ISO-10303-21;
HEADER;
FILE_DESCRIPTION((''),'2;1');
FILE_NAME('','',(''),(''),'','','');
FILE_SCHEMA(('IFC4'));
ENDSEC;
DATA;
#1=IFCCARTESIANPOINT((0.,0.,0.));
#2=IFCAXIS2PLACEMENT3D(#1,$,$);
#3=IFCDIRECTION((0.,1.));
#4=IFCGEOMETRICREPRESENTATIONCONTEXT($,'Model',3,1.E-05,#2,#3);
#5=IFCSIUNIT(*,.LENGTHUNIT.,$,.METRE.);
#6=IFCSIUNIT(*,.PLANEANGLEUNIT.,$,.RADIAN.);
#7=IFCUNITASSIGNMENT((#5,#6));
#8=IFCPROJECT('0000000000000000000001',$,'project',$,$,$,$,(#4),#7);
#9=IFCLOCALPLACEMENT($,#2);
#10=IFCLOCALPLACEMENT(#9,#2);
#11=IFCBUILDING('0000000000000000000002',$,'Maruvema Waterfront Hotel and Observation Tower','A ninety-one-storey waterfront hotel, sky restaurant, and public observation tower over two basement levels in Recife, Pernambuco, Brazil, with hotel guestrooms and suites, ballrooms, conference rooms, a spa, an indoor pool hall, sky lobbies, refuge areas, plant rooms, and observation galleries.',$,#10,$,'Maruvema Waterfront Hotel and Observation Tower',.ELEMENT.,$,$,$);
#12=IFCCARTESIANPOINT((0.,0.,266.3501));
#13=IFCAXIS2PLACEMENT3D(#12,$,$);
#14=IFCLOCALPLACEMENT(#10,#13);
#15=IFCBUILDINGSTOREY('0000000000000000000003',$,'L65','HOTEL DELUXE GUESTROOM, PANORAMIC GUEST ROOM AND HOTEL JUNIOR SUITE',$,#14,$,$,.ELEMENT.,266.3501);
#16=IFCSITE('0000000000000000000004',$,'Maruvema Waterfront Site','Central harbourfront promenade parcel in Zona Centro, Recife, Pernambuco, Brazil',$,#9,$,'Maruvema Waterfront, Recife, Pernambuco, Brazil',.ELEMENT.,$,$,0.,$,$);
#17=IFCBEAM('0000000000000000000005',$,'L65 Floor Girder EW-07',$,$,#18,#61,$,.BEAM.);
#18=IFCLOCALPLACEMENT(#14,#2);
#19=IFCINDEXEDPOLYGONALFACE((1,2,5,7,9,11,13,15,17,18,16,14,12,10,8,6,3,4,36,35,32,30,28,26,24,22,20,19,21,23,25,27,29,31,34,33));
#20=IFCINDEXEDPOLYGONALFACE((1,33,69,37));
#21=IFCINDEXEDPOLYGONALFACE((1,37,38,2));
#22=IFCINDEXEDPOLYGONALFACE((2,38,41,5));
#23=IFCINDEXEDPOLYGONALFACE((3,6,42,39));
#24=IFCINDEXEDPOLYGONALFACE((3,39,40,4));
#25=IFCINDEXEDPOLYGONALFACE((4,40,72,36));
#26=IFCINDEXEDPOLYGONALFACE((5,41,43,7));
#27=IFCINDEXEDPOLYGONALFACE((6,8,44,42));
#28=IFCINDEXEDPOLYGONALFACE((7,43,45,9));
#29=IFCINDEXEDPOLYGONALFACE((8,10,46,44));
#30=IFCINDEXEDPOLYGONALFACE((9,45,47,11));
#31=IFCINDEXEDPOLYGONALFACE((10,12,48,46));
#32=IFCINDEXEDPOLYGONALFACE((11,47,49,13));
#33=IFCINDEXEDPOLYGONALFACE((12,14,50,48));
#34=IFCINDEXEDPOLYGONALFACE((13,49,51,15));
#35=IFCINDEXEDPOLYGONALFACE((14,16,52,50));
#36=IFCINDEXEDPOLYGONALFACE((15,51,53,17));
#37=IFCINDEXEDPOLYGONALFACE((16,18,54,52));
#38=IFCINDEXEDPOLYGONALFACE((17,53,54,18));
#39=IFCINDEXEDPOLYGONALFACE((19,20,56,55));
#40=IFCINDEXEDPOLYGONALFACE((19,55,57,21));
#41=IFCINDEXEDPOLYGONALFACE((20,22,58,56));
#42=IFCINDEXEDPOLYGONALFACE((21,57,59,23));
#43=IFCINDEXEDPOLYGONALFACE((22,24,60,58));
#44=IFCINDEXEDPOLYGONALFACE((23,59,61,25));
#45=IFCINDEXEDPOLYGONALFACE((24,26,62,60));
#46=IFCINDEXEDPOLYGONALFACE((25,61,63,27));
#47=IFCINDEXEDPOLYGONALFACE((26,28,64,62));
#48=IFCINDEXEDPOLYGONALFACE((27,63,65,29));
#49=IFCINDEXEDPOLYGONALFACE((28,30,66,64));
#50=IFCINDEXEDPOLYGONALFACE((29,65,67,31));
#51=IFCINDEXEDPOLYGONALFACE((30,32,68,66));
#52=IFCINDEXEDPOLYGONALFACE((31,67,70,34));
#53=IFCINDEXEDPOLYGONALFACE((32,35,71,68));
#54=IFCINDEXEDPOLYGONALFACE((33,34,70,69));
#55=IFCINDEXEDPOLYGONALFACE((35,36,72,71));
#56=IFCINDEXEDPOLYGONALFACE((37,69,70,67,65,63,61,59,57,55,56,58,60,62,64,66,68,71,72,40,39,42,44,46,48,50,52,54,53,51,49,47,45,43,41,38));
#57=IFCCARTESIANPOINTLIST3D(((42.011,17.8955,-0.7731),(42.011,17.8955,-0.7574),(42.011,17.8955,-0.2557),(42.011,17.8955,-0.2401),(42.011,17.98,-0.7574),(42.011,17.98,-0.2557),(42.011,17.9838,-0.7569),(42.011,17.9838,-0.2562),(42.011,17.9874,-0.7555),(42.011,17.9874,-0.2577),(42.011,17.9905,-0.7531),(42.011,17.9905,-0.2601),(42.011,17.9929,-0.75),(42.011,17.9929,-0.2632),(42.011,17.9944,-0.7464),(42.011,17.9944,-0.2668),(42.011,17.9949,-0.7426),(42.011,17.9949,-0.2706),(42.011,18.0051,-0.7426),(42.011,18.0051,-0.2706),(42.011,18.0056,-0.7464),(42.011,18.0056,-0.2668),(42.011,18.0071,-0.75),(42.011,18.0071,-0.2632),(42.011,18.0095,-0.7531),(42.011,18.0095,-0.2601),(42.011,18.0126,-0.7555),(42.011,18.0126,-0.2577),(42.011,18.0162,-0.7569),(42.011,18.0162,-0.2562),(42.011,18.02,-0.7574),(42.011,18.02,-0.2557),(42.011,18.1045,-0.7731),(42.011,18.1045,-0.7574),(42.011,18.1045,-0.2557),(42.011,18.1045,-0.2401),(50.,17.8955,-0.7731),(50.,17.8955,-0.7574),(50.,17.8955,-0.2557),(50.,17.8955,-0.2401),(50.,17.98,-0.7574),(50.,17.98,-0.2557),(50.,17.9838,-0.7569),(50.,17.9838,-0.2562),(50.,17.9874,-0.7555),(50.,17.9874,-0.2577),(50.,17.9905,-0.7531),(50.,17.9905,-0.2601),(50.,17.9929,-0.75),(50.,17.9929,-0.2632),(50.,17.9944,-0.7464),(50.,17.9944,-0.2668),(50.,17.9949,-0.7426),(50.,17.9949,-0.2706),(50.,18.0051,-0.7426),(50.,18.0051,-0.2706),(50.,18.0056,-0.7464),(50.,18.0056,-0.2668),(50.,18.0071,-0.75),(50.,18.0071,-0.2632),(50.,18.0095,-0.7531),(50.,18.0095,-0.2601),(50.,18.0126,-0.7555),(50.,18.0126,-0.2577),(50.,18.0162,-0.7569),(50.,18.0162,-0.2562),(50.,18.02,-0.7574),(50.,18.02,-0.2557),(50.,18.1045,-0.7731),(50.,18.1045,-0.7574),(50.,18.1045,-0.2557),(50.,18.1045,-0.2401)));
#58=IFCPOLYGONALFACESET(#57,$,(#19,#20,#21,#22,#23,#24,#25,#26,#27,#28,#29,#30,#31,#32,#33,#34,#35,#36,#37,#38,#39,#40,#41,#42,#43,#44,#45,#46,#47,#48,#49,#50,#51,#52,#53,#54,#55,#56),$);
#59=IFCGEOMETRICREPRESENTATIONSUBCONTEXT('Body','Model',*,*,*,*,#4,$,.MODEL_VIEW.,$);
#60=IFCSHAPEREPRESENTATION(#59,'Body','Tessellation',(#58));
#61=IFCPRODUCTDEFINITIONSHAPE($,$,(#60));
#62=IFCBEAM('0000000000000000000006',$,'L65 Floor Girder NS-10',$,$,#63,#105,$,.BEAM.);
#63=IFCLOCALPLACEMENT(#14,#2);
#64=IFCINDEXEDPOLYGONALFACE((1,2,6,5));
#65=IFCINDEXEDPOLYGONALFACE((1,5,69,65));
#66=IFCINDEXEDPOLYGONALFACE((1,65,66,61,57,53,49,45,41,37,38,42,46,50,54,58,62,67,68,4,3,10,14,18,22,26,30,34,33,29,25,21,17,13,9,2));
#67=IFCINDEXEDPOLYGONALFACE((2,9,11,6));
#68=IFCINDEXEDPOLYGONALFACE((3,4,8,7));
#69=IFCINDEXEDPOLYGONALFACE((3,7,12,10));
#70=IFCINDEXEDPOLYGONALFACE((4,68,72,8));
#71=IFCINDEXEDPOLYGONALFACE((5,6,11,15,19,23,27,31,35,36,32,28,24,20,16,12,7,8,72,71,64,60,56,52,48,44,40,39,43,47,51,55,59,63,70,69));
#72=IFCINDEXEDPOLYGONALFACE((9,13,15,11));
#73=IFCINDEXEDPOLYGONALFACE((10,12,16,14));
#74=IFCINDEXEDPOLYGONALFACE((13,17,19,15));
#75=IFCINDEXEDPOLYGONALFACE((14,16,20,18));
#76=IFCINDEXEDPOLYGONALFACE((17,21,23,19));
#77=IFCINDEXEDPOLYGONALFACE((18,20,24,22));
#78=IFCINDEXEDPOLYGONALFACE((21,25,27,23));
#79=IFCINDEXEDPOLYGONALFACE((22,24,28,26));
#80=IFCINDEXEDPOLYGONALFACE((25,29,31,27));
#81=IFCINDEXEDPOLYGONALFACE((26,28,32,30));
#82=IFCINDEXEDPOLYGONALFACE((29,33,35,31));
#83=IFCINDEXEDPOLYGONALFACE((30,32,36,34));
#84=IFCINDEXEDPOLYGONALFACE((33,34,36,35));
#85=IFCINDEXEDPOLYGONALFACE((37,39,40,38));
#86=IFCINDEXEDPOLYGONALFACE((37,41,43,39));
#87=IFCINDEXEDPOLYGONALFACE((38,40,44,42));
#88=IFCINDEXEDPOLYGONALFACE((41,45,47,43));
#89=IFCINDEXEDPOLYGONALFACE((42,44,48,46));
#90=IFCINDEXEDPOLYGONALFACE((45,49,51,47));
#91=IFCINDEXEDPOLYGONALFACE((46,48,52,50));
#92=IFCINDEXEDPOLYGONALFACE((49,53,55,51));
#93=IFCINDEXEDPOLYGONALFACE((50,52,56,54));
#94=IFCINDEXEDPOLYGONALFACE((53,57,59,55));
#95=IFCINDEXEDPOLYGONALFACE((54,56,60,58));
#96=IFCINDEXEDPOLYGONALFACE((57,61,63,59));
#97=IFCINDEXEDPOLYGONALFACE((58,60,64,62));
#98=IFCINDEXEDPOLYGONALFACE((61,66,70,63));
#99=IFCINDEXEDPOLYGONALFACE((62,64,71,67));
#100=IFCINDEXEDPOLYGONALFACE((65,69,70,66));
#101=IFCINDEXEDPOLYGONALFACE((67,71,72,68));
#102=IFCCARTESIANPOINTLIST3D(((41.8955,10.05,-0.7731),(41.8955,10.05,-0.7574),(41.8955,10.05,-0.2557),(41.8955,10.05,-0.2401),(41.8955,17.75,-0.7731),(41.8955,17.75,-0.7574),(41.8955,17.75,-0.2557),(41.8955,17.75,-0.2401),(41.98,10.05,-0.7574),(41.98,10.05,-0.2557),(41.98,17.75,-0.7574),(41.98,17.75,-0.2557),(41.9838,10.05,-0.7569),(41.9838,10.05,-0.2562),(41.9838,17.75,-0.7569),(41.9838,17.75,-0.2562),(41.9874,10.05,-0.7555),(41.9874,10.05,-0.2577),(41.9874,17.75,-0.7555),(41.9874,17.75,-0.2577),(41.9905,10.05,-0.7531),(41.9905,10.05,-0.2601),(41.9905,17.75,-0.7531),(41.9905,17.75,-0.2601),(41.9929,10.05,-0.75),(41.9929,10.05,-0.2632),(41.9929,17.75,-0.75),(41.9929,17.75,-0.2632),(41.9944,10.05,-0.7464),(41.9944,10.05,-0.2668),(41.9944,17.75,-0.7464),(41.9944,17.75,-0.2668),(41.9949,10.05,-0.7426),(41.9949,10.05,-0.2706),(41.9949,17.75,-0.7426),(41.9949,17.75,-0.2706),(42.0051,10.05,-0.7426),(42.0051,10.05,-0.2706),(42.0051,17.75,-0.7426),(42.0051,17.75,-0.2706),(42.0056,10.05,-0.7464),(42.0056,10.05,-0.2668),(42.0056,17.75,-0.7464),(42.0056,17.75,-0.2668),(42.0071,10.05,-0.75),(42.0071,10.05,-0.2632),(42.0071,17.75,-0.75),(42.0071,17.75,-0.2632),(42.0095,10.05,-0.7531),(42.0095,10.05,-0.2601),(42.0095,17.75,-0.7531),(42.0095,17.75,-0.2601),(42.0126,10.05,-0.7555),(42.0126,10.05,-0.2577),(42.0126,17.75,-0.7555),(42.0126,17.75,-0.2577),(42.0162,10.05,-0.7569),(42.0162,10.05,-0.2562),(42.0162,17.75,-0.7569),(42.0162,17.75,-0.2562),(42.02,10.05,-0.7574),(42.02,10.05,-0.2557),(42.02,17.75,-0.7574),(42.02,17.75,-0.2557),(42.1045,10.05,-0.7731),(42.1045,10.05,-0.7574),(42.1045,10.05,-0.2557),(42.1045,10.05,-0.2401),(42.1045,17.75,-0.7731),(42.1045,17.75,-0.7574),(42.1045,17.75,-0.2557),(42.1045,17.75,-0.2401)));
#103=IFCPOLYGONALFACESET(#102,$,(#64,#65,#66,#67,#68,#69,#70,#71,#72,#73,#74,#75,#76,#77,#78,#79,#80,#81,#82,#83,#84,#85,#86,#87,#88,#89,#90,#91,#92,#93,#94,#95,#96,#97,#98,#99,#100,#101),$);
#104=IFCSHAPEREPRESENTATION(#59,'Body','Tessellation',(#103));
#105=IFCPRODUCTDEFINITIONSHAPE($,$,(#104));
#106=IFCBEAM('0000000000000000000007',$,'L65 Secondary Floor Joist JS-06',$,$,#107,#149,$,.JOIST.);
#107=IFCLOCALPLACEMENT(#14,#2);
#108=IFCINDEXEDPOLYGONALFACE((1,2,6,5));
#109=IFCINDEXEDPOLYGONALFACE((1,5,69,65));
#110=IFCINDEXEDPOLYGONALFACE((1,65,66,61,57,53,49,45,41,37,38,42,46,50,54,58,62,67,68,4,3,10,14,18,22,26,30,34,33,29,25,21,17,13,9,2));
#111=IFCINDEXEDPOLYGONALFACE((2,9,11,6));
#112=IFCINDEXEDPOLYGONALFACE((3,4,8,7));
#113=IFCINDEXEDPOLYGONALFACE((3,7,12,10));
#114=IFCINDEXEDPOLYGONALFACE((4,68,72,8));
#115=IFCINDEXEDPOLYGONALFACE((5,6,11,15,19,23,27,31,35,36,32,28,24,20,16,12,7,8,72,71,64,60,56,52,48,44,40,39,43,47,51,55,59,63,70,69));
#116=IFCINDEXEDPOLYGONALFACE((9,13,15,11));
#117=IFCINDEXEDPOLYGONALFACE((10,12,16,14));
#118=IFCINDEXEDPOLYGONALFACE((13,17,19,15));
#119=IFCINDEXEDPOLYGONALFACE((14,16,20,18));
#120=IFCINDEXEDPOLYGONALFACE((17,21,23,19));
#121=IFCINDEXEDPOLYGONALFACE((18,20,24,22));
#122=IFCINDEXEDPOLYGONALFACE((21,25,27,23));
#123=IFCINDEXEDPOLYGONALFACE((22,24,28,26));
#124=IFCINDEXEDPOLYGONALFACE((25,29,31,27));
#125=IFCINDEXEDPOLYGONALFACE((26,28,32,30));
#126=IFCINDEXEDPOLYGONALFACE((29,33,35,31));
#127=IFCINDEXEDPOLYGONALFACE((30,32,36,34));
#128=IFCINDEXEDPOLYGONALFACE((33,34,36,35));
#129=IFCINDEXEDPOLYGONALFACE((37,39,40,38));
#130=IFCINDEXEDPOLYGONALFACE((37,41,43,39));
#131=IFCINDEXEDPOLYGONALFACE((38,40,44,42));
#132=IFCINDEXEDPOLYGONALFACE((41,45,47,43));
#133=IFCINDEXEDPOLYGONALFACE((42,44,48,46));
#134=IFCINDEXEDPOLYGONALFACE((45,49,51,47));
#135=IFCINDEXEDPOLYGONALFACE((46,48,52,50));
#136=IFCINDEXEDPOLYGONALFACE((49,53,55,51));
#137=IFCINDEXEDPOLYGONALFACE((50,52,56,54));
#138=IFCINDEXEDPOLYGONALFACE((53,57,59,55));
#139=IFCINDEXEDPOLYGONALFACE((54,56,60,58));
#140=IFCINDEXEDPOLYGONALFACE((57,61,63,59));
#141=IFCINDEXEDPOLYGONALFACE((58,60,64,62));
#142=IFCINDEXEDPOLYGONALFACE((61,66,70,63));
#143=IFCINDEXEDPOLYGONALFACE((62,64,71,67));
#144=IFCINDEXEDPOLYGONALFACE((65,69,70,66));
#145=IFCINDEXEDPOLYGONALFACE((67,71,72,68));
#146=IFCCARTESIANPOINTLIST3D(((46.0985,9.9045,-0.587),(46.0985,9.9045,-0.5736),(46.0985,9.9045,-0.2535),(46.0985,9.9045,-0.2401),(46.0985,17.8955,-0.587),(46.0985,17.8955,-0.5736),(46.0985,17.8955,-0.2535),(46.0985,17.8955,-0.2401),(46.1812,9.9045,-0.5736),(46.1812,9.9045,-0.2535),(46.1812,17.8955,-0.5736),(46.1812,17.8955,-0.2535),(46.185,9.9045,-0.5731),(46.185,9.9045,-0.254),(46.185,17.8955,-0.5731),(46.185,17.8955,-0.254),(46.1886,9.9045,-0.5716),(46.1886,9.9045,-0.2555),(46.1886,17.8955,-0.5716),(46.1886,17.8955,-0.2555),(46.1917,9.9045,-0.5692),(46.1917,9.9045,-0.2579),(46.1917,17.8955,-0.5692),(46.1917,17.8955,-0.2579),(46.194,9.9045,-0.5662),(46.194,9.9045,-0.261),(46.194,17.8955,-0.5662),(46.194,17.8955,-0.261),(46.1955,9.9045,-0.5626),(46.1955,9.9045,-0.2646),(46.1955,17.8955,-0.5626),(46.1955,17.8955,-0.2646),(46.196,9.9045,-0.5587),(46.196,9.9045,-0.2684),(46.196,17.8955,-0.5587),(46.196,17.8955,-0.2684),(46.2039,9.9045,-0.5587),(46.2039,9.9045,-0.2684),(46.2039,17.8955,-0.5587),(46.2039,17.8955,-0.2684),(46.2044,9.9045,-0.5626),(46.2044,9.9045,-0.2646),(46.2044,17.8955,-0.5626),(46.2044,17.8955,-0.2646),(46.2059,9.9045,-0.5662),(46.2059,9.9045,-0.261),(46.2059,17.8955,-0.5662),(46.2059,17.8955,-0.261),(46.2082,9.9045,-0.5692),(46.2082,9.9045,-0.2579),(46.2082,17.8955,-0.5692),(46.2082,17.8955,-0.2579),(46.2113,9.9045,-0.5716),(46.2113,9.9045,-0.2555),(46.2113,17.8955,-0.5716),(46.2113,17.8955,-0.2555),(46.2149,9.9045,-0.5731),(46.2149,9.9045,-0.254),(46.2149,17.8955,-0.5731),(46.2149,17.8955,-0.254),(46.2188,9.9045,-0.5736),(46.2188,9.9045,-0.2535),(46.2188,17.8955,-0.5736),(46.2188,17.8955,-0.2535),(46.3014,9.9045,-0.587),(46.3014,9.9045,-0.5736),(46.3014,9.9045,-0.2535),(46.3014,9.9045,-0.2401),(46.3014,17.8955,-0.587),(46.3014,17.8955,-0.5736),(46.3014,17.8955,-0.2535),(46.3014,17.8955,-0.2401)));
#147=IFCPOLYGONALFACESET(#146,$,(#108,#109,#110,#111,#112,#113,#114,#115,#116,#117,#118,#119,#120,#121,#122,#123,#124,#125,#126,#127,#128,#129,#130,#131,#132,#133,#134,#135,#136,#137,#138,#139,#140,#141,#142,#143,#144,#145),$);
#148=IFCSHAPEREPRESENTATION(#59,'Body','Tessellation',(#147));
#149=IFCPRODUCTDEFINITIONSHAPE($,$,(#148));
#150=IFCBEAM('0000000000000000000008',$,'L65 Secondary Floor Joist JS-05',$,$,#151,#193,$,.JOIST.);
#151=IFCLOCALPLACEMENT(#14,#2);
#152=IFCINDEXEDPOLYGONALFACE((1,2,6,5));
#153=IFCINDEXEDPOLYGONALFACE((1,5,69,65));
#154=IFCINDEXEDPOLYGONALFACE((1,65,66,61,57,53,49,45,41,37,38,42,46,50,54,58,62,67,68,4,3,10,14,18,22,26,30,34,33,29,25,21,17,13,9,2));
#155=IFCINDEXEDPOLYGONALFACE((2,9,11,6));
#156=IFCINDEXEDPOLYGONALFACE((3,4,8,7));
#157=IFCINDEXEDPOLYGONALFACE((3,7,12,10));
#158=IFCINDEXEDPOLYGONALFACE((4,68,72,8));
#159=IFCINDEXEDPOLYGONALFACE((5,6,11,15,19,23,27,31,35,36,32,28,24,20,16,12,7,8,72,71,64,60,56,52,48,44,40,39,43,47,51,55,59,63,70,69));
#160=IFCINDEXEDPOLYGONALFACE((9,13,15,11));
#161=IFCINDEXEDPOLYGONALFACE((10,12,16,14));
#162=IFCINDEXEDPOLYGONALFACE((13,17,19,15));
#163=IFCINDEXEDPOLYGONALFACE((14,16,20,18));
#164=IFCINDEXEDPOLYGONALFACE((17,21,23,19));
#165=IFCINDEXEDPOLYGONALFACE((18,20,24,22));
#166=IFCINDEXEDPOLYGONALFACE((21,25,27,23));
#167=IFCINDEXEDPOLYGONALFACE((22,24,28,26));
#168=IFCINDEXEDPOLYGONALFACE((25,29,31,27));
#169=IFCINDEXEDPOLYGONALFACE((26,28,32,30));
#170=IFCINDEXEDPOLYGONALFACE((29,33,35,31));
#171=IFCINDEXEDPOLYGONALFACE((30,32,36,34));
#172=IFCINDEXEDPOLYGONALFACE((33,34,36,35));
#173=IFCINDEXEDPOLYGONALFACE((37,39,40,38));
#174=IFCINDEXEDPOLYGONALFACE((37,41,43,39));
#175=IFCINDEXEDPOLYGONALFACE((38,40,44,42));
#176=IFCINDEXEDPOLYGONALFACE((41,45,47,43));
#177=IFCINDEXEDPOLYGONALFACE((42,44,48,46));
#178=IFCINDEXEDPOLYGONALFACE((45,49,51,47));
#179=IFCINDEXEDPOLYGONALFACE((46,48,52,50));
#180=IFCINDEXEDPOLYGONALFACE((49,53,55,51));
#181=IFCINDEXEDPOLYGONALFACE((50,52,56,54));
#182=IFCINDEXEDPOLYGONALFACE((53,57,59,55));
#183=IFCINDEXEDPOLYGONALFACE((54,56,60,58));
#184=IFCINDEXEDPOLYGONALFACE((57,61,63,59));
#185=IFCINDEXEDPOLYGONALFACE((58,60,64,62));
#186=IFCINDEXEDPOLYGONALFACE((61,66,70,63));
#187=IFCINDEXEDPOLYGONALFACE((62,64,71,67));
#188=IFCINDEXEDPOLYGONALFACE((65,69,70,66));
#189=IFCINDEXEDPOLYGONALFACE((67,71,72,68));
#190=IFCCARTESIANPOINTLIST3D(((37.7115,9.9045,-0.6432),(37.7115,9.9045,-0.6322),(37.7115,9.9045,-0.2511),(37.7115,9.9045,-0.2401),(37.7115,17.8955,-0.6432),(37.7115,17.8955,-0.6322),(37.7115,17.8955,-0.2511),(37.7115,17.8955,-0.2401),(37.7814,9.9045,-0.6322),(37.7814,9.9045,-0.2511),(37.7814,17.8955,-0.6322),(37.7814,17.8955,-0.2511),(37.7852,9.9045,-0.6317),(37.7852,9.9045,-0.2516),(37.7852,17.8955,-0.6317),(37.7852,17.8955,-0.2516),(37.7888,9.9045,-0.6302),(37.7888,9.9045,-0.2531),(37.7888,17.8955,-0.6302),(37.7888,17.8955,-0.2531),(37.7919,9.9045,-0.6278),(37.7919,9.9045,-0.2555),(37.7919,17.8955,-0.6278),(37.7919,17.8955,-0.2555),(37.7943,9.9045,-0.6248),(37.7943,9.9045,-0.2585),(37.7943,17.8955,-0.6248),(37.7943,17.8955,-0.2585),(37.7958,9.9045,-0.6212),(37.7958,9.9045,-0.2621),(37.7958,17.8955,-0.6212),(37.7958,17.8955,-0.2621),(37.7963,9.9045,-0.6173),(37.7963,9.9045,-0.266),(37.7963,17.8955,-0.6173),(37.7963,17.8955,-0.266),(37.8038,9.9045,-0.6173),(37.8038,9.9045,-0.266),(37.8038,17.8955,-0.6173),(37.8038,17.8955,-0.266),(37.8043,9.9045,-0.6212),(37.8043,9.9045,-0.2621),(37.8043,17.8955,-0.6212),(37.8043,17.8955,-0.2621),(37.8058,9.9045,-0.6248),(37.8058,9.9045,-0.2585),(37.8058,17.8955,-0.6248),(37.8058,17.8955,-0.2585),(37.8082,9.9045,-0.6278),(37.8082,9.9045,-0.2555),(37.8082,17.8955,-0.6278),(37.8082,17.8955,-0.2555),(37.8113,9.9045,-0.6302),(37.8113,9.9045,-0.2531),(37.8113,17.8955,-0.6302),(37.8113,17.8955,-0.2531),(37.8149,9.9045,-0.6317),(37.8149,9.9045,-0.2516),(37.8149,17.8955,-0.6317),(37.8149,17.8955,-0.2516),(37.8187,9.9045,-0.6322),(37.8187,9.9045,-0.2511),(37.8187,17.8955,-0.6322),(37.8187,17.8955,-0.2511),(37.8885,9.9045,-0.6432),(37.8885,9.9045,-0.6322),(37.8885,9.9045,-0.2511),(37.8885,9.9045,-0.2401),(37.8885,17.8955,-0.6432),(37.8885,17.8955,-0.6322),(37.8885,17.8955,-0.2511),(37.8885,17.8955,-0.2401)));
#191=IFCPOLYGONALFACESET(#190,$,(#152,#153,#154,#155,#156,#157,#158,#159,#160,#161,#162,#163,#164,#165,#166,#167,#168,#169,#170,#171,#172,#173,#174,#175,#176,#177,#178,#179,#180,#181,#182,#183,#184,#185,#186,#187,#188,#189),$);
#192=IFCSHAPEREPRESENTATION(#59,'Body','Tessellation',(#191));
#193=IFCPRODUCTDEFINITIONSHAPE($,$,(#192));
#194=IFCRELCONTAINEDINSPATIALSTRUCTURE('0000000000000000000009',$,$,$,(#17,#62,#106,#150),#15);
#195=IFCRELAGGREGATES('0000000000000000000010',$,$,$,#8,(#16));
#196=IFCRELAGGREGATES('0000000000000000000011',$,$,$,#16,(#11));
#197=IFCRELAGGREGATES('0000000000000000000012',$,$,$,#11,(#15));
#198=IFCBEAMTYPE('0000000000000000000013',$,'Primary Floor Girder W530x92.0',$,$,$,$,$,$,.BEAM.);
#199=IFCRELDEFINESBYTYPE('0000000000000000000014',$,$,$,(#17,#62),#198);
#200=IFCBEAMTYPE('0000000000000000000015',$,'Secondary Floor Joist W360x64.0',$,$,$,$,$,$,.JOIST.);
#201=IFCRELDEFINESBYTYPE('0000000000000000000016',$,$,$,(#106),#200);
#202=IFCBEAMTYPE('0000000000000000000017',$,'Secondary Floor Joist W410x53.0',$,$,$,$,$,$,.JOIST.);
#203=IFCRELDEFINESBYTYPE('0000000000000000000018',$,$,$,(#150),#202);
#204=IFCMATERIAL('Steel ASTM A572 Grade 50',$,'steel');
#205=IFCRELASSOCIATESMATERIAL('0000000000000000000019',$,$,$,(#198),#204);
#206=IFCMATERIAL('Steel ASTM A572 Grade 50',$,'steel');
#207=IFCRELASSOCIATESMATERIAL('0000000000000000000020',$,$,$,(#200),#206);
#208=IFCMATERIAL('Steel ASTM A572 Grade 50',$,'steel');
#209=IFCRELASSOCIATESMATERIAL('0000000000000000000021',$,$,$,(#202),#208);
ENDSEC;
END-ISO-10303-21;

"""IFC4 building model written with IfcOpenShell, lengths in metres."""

from ifc_helpers import new_model, si_unit, direction, frame, origin, origin_2d, place, context, subcontext, project, spatial, i_section, extrude, material, material_profile, profile_set, type_object, element, save


model = new_model("IFC4")

# Units and contexts
model_context = context("Model", 3, precision=1e-05, world=origin(), true_north=direction((0.0, 1.0)))
body_context = subcontext(model_context, "Body", "Model", "MODEL_VIEW")
ifc_project = project(units=[si_unit("LENGTHUNIT", "METRE"), si_unit("PLANEANGLEUNIT", "RADIAN")], contexts=[model_context])

# Site, building, storey
site_placement = place(None, origin())
site = spatial("IfcSite", under=ifc_project, at=site_placement, Name="Maruvema Waterfront Site", Description="Central harbourfront promenade parcel in Zona Centro, Recife, Pernambuco, Brazil", LongName="Maruvema Waterfront, Recife, Pernambuco, Brazil", CompositionType="ELEMENT", RefElevation=0.0)
building_placement = place(site_placement, origin())
building = spatial("IfcBuilding", under=site, at=building_placement, Name="Maruvema Waterfront Hotel and Observation Tower", Description="A ninety-one-storey waterfront hotel, sky restaurant, and public observation tower over two basement levels in Recife, Pernambuco, Brazil, with hotel guestrooms and suites, ballrooms, conference rooms, a spa, an indoor pool hall, sky lobbies, refuge areas, plant rooms, and observation galleries.", LongName="Maruvema Waterfront Hotel and Observation Tower", CompositionType="ELEMENT")
storey_placement = place(building_placement, frame((0.0, 0.0, 266.3501)))
storey = spatial("IfcBuildingStorey", under=building, at=storey_placement, Name="L65", Description="HOTEL DELUXE GUESTROOM, PANORAMIC GUEST ROOM AND HOTEL JUNIOR SUITE", CompositionType="ELEMENT", Elevation=266.3501)

# Beams
ifc_material_1 = material(Name="Steel ASTM A572 Grade 50", Category="steel")
ifc_material_profile_1 = material_profile(ifc_material_1, i_section(OverallWidth=0.209, OverallDepth=0.533, WebThickness=0.0103, FlangeThickness=0.0156, FilletRadius=0.0149, at=origin_2d()), Name="W530x92.0")
ifc_profile_set_1 = profile_set([ifc_material_profile_1], Name="Steel ASTM A572 Grade 50")
beam_type_1 = type_object("IfcBeamType", Name="Primary Floor Girder W530x92.0", PredefinedType="BEAM", material=ifc_profile_set_1)
beam_1_placement = place(storey_placement, frame((42.011, 18.0, -0.5066), z_axis=(1.0, 0.0, 0.0), x_axis=(0.0, 1.0, 0.0)))
element("IfcBeam", 1, at=beam_1_placement, inside=storey, type_object=beam_type_1, Name="L65 Floor Girder EW-07", PredefinedType="BEAM", context=body_context, shape_type="SweptSolid", body=[
    extrude(i_section(OverallWidth=0.209, OverallDepth=0.533, WebThickness=0.0103, FlangeThickness=0.0156, FilletRadius=0.0149, at=origin_2d()), origin(), (0.0, 0.0, 1.0), 7.989),
])
beam_2_placement = place(storey_placement, frame((42.0, 10.05, -0.5066), z_axis=(0.0, 1.0, 0.0), x_axis=(-1.0, 0.0, 0.0)))
element("IfcBeam", 2, at=beam_2_placement, inside=storey, type_object=beam_type_1, Name="L65 Floor Girder NS-10", PredefinedType="BEAM", context=body_context, shape_type="SweptSolid", body=[
    extrude(i_section(OverallWidth=0.209, OverallDepth=0.533, WebThickness=0.0103, FlangeThickness=0.0156, FilletRadius=0.0149, at=origin_2d()), origin(), (0.0, 0.0, 1.0), 7.7),
])
ifc_material_2 = material(Name="Steel ASTM A572 Grade 50", Category="steel")
ifc_material_profile_2 = material_profile(ifc_material_2, i_section(OverallWidth=0.2029, OverallDepth=0.3469, WebThickness=0.0078, FlangeThickness=0.0134, FilletRadius=0.0149, at=origin_2d()), Name="W360x64.0")
ifc_profile_set_2 = profile_set([ifc_material_profile_2], Name="Steel ASTM A572 Grade 50")
beam_type_2 = type_object("IfcBeamType", Name="Secondary Floor Joist W360x64.0", PredefinedType="JOIST", material=ifc_profile_set_2)
beam_3_placement = place(storey_placement, frame((46.2, 9.9045, -0.4136), z_axis=(0.0, 1.0, 0.0), x_axis=(-1.0, 0.0, 0.0)))
element("IfcBeam", 3, at=beam_3_placement, inside=storey, type_object=beam_type_2, Name="L65 Secondary Floor Joist JS-06", PredefinedType="JOIST", context=body_context, shape_type="SweptSolid", body=[
    extrude(i_section(OverallWidth=0.2029, OverallDepth=0.3469, WebThickness=0.0078, FlangeThickness=0.0134, FilletRadius=0.0149, at=origin_2d()), origin(), (0.0, 0.0, 1.0), 7.991),
])
ifc_material_3 = material(Name="Steel ASTM A572 Grade 50", Category="steel")
ifc_material_profile_3 = material_profile(ifc_material_3, i_section(OverallWidth=0.177, OverallDepth=0.4031, WebThickness=0.0076, FlangeThickness=0.011, FilletRadius=0.0149, at=origin_2d()), Name="W410x53.0")
ifc_profile_set_3 = profile_set([ifc_material_profile_3], Name="Steel ASTM A572 Grade 50")
beam_type_3 = type_object("IfcBeamType", Name="Secondary Floor Joist W410x53.0", PredefinedType="JOIST", material=ifc_profile_set_3)
beam_4_placement = place(storey_placement, frame((37.8, 9.9045, -0.4417), z_axis=(0.0, 1.0, 0.0), x_axis=(-1.0, 0.0, 0.0)))
element("IfcBeam", 4, at=beam_4_placement, inside=storey, type_object=beam_type_3, Name="L65 Secondary Floor Joist JS-05", PredefinedType="JOIST", context=body_context, shape_type="SweptSolid", body=[
    extrude(i_section(OverallWidth=0.177, OverallDepth=0.4031, WebThickness=0.0076, FlangeThickness=0.011, FilletRadius=0.0149, at=origin_2d()), origin(), (0.0, 0.0, 1.0), 7.991),
])

save(model, "model.ifc")
